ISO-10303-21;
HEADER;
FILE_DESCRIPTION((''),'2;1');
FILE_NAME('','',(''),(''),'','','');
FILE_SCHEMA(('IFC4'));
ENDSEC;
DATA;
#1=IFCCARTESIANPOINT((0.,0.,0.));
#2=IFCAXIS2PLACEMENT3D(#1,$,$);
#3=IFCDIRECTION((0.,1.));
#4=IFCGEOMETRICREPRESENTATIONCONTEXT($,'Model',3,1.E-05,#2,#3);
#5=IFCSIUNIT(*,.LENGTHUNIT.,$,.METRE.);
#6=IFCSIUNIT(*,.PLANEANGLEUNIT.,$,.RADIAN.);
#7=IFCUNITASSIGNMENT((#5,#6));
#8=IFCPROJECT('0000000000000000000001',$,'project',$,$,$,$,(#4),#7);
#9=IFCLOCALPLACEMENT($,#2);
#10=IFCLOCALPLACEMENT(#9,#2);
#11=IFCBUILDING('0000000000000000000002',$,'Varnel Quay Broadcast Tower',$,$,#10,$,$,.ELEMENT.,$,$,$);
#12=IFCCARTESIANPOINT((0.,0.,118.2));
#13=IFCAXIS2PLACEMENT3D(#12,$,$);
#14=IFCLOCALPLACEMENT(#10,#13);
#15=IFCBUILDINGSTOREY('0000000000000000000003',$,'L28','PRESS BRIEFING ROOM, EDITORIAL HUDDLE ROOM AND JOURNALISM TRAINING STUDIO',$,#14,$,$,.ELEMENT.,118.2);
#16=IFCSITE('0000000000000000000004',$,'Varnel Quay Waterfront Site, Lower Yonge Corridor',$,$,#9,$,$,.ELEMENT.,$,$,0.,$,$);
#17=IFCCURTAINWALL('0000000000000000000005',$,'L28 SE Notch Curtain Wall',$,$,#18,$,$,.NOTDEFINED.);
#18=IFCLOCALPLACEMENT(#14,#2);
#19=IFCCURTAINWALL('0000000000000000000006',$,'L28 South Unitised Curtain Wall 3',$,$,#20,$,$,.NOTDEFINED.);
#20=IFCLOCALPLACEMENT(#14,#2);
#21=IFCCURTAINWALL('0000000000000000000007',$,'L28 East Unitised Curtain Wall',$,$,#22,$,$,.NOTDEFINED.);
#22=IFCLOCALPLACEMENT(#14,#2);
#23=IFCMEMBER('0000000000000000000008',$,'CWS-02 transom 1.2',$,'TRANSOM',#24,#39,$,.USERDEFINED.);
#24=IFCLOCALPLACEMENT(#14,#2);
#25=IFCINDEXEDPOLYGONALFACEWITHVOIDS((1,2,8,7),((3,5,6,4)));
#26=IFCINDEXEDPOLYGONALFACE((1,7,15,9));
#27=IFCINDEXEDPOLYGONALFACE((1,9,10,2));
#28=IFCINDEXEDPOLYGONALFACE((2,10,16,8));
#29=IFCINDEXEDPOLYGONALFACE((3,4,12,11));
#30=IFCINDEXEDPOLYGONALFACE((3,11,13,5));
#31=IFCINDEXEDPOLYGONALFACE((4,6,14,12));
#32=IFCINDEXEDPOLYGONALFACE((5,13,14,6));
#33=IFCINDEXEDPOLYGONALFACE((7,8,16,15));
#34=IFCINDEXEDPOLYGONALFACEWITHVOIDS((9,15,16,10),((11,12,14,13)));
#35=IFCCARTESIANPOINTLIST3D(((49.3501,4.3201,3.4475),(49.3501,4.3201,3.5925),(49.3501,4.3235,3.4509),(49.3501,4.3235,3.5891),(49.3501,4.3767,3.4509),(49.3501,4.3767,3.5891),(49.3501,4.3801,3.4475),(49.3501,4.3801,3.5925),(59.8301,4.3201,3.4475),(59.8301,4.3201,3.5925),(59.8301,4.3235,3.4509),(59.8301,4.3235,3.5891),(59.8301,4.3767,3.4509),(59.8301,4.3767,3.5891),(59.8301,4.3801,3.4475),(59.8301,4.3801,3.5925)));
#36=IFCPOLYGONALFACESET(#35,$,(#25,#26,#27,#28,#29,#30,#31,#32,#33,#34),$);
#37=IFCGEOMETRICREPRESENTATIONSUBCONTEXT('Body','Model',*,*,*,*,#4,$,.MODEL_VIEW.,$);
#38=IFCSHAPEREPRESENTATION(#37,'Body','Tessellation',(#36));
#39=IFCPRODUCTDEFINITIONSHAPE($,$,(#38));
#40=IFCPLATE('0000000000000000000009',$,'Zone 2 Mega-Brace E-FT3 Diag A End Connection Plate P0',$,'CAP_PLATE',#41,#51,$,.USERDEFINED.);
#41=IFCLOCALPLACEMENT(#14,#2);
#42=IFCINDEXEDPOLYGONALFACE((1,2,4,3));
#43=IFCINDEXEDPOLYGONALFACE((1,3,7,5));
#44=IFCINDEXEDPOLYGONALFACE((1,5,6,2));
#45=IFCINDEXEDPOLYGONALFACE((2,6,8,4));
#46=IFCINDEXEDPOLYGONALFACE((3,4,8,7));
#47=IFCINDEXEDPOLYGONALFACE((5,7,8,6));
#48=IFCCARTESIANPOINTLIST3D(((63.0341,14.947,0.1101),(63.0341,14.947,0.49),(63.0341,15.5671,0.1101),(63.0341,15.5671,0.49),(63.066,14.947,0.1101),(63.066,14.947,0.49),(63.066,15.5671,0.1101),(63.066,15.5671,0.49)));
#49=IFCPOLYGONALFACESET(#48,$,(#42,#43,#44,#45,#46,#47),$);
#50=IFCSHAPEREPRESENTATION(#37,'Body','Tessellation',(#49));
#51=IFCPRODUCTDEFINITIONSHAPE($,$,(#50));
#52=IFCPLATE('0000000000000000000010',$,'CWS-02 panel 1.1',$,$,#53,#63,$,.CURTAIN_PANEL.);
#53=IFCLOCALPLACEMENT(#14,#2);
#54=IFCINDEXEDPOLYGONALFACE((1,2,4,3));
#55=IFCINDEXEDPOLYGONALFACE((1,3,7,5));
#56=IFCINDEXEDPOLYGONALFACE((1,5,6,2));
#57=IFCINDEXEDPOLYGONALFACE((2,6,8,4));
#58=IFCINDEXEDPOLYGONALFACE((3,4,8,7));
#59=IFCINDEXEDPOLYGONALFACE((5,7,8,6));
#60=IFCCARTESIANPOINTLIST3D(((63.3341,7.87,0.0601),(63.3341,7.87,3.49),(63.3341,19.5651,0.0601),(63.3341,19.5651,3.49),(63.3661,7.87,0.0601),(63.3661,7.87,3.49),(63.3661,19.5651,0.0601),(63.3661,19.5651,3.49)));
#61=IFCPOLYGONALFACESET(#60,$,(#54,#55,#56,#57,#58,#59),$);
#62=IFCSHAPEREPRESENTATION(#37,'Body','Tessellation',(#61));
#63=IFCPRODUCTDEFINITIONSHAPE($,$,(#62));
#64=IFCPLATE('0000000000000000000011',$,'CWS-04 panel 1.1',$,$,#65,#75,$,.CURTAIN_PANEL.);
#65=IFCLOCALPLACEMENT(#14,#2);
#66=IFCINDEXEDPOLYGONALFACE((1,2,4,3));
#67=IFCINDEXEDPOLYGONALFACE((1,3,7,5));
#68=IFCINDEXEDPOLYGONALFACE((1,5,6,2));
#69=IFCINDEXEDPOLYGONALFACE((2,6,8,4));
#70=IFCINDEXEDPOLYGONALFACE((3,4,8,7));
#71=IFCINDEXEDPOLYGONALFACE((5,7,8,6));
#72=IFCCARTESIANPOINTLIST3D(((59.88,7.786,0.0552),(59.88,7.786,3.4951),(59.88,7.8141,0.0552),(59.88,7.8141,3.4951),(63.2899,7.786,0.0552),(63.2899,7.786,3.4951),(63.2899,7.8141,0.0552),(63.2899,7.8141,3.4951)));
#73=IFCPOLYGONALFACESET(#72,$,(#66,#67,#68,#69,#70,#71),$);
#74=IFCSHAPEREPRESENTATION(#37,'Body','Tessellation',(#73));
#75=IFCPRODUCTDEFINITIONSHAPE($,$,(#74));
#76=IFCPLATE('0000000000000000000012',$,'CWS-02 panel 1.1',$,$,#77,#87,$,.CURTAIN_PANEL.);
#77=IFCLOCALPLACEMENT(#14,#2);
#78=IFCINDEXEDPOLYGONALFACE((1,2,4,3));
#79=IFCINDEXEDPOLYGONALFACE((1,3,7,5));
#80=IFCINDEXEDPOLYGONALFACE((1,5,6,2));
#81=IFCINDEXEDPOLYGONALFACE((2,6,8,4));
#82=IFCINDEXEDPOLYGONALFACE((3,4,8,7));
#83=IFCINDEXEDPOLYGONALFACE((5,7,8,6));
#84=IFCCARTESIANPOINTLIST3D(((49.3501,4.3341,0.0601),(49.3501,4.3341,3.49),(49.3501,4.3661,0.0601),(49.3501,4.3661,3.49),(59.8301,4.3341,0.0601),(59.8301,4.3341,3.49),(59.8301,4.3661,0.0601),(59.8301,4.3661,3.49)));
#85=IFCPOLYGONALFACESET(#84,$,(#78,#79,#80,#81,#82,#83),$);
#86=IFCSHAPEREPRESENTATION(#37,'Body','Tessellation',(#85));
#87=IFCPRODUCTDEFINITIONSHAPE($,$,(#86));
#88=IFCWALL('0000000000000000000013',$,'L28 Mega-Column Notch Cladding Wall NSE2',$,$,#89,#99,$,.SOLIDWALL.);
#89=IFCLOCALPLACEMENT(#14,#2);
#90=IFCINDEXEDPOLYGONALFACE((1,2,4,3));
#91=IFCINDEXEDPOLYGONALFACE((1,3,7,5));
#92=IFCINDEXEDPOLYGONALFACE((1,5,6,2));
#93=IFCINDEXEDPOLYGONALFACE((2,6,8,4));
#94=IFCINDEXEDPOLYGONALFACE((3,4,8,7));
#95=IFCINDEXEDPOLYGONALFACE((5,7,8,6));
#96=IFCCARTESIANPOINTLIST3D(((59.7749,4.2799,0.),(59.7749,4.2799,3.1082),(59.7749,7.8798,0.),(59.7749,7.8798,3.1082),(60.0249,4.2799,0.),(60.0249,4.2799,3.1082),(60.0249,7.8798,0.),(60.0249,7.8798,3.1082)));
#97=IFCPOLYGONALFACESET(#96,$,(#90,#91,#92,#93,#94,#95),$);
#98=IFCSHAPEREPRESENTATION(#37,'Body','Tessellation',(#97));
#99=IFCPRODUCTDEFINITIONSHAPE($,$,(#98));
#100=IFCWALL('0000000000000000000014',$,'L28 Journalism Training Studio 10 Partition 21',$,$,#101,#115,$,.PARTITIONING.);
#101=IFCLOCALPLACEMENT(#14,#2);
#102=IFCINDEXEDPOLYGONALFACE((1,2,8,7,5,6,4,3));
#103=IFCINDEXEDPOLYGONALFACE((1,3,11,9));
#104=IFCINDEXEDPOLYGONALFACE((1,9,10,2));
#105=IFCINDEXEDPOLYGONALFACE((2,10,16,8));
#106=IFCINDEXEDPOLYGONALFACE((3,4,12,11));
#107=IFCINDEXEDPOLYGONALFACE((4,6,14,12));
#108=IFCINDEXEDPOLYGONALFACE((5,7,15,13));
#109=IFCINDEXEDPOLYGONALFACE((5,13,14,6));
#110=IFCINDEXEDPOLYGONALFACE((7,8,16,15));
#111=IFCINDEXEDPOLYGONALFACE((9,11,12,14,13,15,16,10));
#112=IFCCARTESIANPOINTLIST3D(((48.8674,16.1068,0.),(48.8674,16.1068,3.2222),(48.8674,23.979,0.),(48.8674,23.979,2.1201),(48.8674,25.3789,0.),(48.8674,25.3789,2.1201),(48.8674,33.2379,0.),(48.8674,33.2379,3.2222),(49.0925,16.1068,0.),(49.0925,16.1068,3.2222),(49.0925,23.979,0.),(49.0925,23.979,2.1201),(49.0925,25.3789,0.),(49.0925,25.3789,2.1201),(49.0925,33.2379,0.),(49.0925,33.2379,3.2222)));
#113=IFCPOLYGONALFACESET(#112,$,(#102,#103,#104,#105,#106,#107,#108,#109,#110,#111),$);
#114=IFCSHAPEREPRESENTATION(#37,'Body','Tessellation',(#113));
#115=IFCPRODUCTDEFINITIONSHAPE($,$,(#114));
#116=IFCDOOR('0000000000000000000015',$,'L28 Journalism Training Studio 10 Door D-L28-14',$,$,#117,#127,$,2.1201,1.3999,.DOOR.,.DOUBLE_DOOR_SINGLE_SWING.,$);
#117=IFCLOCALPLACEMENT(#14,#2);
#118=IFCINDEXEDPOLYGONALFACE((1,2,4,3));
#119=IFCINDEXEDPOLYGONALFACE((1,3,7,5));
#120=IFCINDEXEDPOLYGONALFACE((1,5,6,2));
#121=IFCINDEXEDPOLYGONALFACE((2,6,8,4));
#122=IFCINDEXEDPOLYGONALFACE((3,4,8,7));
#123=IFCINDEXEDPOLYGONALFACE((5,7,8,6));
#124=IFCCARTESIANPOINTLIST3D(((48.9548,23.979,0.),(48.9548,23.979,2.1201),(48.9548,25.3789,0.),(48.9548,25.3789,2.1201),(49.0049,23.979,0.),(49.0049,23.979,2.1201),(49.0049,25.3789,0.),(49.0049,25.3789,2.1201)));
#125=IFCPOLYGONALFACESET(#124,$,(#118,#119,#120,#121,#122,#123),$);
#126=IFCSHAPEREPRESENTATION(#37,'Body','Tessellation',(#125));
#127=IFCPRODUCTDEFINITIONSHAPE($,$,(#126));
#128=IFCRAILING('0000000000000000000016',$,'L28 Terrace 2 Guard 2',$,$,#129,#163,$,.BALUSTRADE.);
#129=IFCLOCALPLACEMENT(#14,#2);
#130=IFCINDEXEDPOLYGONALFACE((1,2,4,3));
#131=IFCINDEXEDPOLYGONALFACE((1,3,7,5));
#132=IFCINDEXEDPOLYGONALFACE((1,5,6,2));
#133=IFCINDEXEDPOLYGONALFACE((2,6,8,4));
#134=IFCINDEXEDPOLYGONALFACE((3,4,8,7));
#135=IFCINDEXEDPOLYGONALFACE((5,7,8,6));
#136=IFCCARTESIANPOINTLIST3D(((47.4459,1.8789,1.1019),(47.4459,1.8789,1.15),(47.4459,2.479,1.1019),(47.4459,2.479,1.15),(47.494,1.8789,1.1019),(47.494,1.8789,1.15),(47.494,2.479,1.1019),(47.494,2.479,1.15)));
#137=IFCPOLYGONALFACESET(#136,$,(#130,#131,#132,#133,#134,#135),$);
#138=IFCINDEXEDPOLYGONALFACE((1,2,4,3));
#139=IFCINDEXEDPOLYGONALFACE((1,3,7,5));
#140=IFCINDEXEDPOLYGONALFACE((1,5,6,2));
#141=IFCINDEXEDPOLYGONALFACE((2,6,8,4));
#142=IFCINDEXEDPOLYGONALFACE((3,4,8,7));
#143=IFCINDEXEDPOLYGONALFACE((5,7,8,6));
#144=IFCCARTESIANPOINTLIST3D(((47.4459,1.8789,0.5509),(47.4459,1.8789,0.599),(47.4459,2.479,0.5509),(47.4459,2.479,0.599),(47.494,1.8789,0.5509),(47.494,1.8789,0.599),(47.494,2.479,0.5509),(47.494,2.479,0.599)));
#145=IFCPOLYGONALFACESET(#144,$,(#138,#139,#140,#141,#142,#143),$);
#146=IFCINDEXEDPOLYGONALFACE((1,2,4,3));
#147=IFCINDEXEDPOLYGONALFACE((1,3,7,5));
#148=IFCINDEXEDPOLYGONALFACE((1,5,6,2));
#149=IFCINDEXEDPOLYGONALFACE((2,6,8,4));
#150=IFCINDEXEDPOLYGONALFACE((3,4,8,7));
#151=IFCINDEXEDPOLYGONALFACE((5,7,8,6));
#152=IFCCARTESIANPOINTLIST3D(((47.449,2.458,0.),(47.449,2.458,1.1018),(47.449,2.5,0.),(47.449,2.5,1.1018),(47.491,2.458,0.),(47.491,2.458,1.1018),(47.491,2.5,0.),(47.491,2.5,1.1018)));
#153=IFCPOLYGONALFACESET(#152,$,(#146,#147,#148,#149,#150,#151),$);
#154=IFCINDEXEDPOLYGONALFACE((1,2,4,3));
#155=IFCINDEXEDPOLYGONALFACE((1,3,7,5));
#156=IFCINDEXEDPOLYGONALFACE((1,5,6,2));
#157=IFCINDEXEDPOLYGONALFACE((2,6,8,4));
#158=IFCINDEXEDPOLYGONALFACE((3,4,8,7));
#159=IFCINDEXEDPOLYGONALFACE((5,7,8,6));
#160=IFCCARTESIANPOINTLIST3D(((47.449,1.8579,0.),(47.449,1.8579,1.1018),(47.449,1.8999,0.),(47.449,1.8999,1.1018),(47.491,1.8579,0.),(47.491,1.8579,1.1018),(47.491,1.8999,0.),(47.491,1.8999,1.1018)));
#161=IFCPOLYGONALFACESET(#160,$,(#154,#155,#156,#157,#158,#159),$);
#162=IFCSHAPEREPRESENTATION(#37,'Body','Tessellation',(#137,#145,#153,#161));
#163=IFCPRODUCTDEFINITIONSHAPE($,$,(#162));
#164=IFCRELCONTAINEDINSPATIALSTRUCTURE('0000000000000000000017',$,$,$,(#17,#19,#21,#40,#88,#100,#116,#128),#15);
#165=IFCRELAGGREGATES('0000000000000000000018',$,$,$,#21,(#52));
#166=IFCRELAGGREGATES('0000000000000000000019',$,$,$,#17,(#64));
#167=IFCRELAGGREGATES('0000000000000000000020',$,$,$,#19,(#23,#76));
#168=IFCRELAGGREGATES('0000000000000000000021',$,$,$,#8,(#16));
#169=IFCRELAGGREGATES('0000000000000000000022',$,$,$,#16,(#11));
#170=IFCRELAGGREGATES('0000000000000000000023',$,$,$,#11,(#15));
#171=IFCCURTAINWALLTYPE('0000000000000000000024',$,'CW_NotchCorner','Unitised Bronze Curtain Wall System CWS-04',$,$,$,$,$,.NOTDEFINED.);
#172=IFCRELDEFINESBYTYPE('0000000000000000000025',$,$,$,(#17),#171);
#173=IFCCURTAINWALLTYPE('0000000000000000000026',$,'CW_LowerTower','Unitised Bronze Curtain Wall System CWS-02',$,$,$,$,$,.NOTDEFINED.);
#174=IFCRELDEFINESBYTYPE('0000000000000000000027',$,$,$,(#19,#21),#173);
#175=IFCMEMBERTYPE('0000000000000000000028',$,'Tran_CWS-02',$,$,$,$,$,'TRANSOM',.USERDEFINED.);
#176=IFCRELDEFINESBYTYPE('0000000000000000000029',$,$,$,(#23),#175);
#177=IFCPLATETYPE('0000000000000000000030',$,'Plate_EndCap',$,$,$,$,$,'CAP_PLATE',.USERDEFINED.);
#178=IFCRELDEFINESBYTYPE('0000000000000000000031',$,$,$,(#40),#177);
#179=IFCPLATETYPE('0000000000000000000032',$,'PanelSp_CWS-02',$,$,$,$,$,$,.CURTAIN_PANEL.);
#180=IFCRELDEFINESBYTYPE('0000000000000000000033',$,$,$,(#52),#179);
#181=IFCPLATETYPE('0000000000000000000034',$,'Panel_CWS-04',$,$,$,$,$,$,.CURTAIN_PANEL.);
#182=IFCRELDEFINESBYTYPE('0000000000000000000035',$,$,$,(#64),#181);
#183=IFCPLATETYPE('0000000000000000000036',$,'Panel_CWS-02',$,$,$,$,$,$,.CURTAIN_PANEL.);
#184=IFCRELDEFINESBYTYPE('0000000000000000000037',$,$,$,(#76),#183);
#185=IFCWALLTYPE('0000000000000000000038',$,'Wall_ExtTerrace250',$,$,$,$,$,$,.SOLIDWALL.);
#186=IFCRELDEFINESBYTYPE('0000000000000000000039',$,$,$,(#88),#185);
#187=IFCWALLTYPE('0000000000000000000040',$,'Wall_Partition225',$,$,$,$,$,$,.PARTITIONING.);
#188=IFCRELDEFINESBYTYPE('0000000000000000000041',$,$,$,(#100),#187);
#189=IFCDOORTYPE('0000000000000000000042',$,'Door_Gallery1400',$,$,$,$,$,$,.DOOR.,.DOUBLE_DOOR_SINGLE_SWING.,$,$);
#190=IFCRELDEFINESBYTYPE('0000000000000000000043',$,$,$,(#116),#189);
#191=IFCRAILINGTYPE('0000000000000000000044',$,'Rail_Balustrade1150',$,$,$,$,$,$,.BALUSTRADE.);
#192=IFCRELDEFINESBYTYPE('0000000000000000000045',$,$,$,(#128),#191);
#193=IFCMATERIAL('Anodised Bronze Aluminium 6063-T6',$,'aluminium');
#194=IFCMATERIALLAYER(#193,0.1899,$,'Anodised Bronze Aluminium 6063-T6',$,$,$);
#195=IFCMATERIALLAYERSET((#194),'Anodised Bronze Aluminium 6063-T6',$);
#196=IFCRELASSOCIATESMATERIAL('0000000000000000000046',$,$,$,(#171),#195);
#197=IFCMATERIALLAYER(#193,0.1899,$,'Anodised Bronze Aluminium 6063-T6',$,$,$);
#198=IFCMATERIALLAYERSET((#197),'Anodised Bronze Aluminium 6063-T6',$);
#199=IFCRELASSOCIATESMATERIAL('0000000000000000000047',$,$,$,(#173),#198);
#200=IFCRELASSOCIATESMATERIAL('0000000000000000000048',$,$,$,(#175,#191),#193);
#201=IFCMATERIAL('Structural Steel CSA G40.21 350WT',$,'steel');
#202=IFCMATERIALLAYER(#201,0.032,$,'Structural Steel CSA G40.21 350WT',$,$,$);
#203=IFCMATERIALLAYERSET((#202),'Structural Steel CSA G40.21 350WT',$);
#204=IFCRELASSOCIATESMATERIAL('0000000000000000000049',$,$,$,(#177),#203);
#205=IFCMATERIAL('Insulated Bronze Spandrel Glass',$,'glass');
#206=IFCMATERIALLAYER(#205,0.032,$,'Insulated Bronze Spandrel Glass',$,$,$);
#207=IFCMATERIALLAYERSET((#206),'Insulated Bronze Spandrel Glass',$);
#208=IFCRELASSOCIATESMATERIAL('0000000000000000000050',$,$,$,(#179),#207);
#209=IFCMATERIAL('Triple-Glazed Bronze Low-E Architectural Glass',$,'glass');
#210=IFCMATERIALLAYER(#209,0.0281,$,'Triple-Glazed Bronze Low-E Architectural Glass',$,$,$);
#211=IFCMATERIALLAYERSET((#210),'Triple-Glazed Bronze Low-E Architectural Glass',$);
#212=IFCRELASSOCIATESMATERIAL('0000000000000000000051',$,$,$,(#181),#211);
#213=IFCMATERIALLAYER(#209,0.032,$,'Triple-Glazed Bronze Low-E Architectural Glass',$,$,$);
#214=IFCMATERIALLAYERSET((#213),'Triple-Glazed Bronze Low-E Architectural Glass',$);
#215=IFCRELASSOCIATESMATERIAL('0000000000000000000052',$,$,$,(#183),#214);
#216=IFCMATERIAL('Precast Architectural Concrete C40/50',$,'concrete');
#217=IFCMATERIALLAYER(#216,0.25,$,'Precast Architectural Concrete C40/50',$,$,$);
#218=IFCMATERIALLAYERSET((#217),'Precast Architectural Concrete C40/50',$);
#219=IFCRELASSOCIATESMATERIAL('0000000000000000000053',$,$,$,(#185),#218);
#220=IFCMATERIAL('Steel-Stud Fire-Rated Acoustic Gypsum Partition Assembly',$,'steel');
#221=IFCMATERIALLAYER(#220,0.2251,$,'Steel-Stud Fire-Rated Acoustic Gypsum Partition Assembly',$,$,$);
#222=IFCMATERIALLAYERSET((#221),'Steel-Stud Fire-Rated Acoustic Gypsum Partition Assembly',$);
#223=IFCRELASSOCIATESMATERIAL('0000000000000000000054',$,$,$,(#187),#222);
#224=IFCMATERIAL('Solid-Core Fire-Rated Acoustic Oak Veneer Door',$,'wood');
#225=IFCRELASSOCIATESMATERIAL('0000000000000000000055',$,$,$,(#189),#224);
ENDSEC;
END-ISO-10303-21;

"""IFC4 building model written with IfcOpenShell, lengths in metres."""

from ifc_helpers import new_model, si_unit, direction, frame, frame_2d, origin, origin_2d, place, context, subcontext, project, spatial, rectangle, hollow_rectangle, extrude, source, transform, mapped, material, layer, layer_set, material_profile, profile_set, type_object, type_shapes, element, fill, aggregate, save


model = new_model("IFC4")

# Units and contexts
model_context = context("Model", 3, precision=1e-05, world=origin(), true_north=direction((0.0, 1.0)))
body_context = subcontext(model_context, "Body", "Model", "MODEL_VIEW")
ifc_project = project(units=[si_unit("LENGTHUNIT", "METRE"), si_unit("PLANEANGLEUNIT", "RADIAN")], contexts=[model_context])

# Site, building, storey
site_placement = place(None, origin())
site = spatial("IfcSite", under=ifc_project, at=site_placement, Name="Varnel Quay Waterfront Site, Lower Yonge Corridor", CompositionType="ELEMENT", RefElevation=0.0)
building_placement = place(site_placement, origin())
building = spatial("IfcBuilding", under=site, at=building_placement, Name="Varnel Quay Broadcast Tower", CompositionType="ELEMENT")
storey_placement = place(building_placement, frame((0.0, 0.0, 118.2)))
storey = spatial("IfcBuildingStorey", under=building, at=storey_placement, Name="L28", Description="PRESS BRIEFING ROOM, EDITORIAL HUDDLE ROOM AND JOURNALISM TRAINING STUDIO", CompositionType="ELEMENT", Elevation=118.2)

# Shared definitions
ifc_material_1 = material(Name="Structural Steel CSA G40.21 350WT", Category="steel")

# Curtain walls
ifc_material_2 = material(Name="Anodised Bronze Aluminium 6063-T6", Category="aluminium")
ifc_layer_1 = layer(ifc_material_2, 0.1899, Name="Anodised Bronze Aluminium 6063-T6")
ifc_layer_set_1 = layer_set([ifc_layer_1], Name="Anodised Bronze Aluminium 6063-T6")
curtain_wall_type_1 = type_object("IfcCurtainWallType", Name="CW_NotchCorner", Description="Unitised Bronze Curtain Wall System CWS-04", PredefinedType="NOTDEFINED", material=ifc_layer_set_1)
curtain_wall_1_placement = place(storey_placement, origin())
curtain_wall_1 = element("IfcCurtainWall", 1, at=curtain_wall_1_placement, inside=storey, type_object=curtain_wall_type_1, Name="L28 SE Notch Curtain Wall", PredefinedType="NOTDEFINED")
ifc_layer_2 = layer(ifc_material_2, 0.1899, Name="Anodised Bronze Aluminium 6063-T6")
ifc_layer_set_2 = layer_set([ifc_layer_2], Name="Anodised Bronze Aluminium 6063-T6")
curtain_wall_type_2 = type_object("IfcCurtainWallType", Name="CW_LowerTower", Description="Unitised Bronze Curtain Wall System CWS-02", PredefinedType="NOTDEFINED", material=ifc_layer_set_2)
curtain_wall_2_placement = place(storey_placement, origin())
curtain_wall_2 = element("IfcCurtainWall", 2, at=curtain_wall_2_placement, inside=storey, type_object=curtain_wall_type_2, Name="L28 South Unitised Curtain Wall 3", PredefinedType="NOTDEFINED")
curtain_wall_3_placement = place(storey_placement, origin())
curtain_wall_3 = element("IfcCurtainWall", 3, at=curtain_wall_3_placement, inside=storey, type_object=curtain_wall_type_2, Name="L28 East Unitised Curtain Wall", PredefinedType="NOTDEFINED")
ifc_material_profile_1 = material_profile(ifc_material_2, hollow_rectangle(XDim=0.0601, YDim=0.145, WallThickness=0.0034, at=origin_2d()), Name="ALU60X145X3.5")
ifc_profile_set_1 = profile_set([ifc_material_profile_1], Name="Anodised Bronze Aluminium 6063-T6")
member_type_1 = type_object("IfcMemberType", Name="Tran_CWS-02", ElementType="TRANSOM", PredefinedType="USERDEFINED", material=ifc_profile_set_1)

# Member
shared_shape_1 = source(origin(), body_context, "Body", "SweptSolid", [
    extrude(hollow_rectangle(XDim=0.0601, YDim=0.145, WallThickness=0.0034, at=origin_2d()), origin(), (0.0, 0.0, 1.0), 10.48),
])
member_1_placement = place(storey_placement, frame((49.3501, 4.3501, 3.52), z_axis=(1.0, 0.0, 0.0), x_axis=(0.0, 1.0, 0.0)))
member_1 = element("IfcMember", 4, at=member_1_placement, type_object=member_type_1, Name="CWS-02 transom 1.2", ObjectType="TRANSOM", PredefinedType="USERDEFINED", context=body_context, shape_type="MappedRepresentation", body=[
    mapped(shared_shape_1, transform((0.0, 0.0, 0.0), x_axis=(1.0, 0.0, 0.0), y_axis=(0.0, 1.0, 0.0), z_axis=(0.0, 0.0, 1.0), scale=1.0)),
])

# Plates
ifc_layer_3 = layer(ifc_material_1, 0.032, Name="Structural Steel CSA G40.21 350WT")
ifc_layer_set_3 = layer_set([ifc_layer_3], Name="Structural Steel CSA G40.21 350WT")
plate_type_1 = type_object("IfcPlateType", Name="Plate_EndCap", ElementType="CAP_PLATE", PredefinedType="USERDEFINED", material=ifc_layer_set_3)
shared_shape_2 = source(origin(), body_context, "Body", "SweptSolid", [
    extrude(rectangle(XDim=0.6201, YDim=0.032, at=origin_2d()), origin(), (0.0, 0.0, 1.0), 0.3799),
])
type_shapes(plate_type_1, [shared_shape_2])
plate_1_placement = place(storey_placement, frame((63.05, 15.2571, 0.1101), z_axis=(0.0, 0.0, 1.0), x_axis=(0.0, 1.0, 0.0)))
element("IfcPlate", 5, at=plate_1_placement, inside=storey, type_object=plate_type_1, Name="Zone 2 Mega-Brace E-FT3 Diag A End Connection Plate P0", ObjectType="CAP_PLATE", PredefinedType="USERDEFINED", context=body_context, shape_type="MappedRepresentation", body=[
    mapped(shared_shape_2, transform((0.0, 0.0, 0.0), x_axis=(1.0, 0.0, 0.0), y_axis=(0.0, 1.0, 0.0), z_axis=(0.0, 0.0, 1.0), scale=1.0)),
])
ifc_material_3 = material(Name="Insulated Bronze Spandrel Glass", Category="glass")
ifc_layer_4 = layer(ifc_material_3, 0.032, Name="Insulated Bronze Spandrel Glass")
ifc_layer_set_4 = layer_set([ifc_layer_4], Name="Insulated Bronze Spandrel Glass")
plate_type_2 = type_object("IfcPlateType", Name="PanelSp_CWS-02", PredefinedType="CURTAIN_PANEL", material=ifc_layer_set_4)
shared_shape_3 = source(origin(), body_context, "Body", "SweptSolid", [
    extrude(rectangle(XDim=11.6951, YDim=0.032, at=origin_2d()), origin(), (0.0, 0.0, 1.0), 3.4299),
])
type_shapes(plate_type_2, [shared_shape_3])
plate_2_placement = place(storey_placement, frame((63.3501, 13.7175, 0.0601), z_axis=(0.0, 0.0, 1.0), x_axis=(0.0, 1.0, 0.0)))
plate_2 = element("IfcPlate", 6, at=plate_2_placement, type_object=plate_type_2, Name="CWS-02 panel 1.1", PredefinedType="CURTAIN_PANEL", context=body_context, shape_type="MappedRepresentation", body=[
    mapped(shared_shape_3, transform((0.0, 0.0, 0.0), x_axis=(1.0, 0.0, 0.0), y_axis=(0.0, 1.0, 0.0), z_axis=(0.0, 0.0, 1.0), scale=1.0)),
])
aggregate(curtain_wall_3, [plate_2])
ifc_material_4 = material(Name="Triple-Glazed Bronze Low-E Architectural Glass", Category="glass")
ifc_layer_5 = layer(ifc_material_4, 0.0281, Name="Triple-Glazed Bronze Low-E Architectural Glass")
ifc_layer_set_5 = layer_set([ifc_layer_5], Name="Triple-Glazed Bronze Low-E Architectural Glass")
plate_type_3 = type_object("IfcPlateType", Name="Panel_CWS-04", PredefinedType="CURTAIN_PANEL", material=ifc_layer_set_5)
shared_shape_4 = source(origin(), body_context, "Body", "SweptSolid", [
    extrude(rectangle(XDim=3.4099, YDim=0.0281, at=origin_2d()), origin(), (0.0, 0.0, 1.0), 3.4399),
])
type_shapes(plate_type_3, [shared_shape_4])
plate_3_placement = place(storey_placement, frame((61.585, 7.8, 0.0552), z_axis=(0.0, 0.0, 1.0), x_axis=(1.0, 0.0, 0.0)))
plate_3 = element("IfcPlate", 7, at=plate_3_placement, type_object=plate_type_3, Name="CWS-04 panel 1.1", PredefinedType="CURTAIN_PANEL", context=body_context, shape_type="MappedRepresentation", body=[
    mapped(shared_shape_4, transform((0.0, 0.0, 0.0), x_axis=(1.0, 0.0, 0.0), y_axis=(0.0, 1.0, 0.0), z_axis=(0.0, 0.0, 1.0), scale=1.0)),
])
aggregate(curtain_wall_1, [plate_3])
ifc_layer_6 = layer(ifc_material_4, 0.032, Name="Triple-Glazed Bronze Low-E Architectural Glass")
ifc_layer_set_6 = layer_set([ifc_layer_6], Name="Triple-Glazed Bronze Low-E Architectural Glass")
plate_type_4 = type_object("IfcPlateType", Name="Panel_CWS-02", PredefinedType="CURTAIN_PANEL", material=ifc_layer_set_6)
shared_shape_5 = source(origin(), body_context, "Body", "SweptSolid", [
    extrude(rectangle(XDim=10.48, YDim=0.032, at=origin_2d()), origin(), (0.0, 0.0, 1.0), 3.4299),
])
type_shapes(plate_type_4, [shared_shape_5])
plate_4_placement = place(storey_placement, frame((54.5901, 4.3501, 0.0601), z_axis=(0.0, 0.0, 1.0), x_axis=(1.0, 0.0, 0.0)))
plate_4 = element("IfcPlate", 8, at=plate_4_placement, type_object=plate_type_4, Name="CWS-02 panel 1.1", PredefinedType="CURTAIN_PANEL", context=body_context, shape_type="MappedRepresentation", body=[
    mapped(shared_shape_5, transform((0.0, 0.0, 0.0), x_axis=(1.0, 0.0, 0.0), y_axis=(0.0, 1.0, 0.0), z_axis=(0.0, 0.0, 1.0), scale=1.0)),
])
aggregate(curtain_wall_2, [member_1, plate_4])

# Wall
ifc_material_5 = material(Name="Precast Architectural Concrete C40/50", Category="concrete")
ifc_layer_7 = layer(ifc_material_5, 0.25, Name="Precast Architectural Concrete C40/50")
ifc_layer_set_7 = layer_set([ifc_layer_7], Name="Precast Architectural Concrete C40/50")
wall_type_1 = type_object("IfcWallType", Name="Wall_ExtTerrace250", PredefinedType="SOLIDWALL", material=ifc_layer_set_7)
wall_1_placement = place(storey_placement, frame((59.8999, 4.28, 0.0), z_axis=(0.0, 0.0, 1.0), x_axis=(0.0, 1.0, 0.0)))
element("IfcWall", 9, at=wall_1_placement, inside=storey, type_object=wall_type_1, Name="L28 Mega-Column Notch Cladding Wall NSE2", PredefinedType="SOLIDWALL", context=body_context, shape_type="SweptSolid", body=[
    extrude(rectangle(XDim=3.5999, YDim=0.25, at=frame_2d((1.7998, 0.0))), origin(), (0.0, 0.0, 1.0), 3.1082),
])

# Wall, opening, door
ifc_material_6 = material(Name="Steel-Stud Fire-Rated Acoustic Gypsum Partition Assembly", Category="steel")
ifc_layer_8 = layer(ifc_material_6, 0.2251, Name="Steel-Stud Fire-Rated Acoustic Gypsum Partition Assembly")
ifc_layer_set_8 = layer_set([ifc_layer_8], Name="Steel-Stud Fire-Rated Acoustic Gypsum Partition Assembly")
wall_type_2 = type_object("IfcWallType", Name="Wall_Partition225", PredefinedType="PARTITIONING", material=ifc_layer_set_8)
wall_2_placement = place(storey_placement, frame((48.98, 16.1069, 0.0), z_axis=(0.0, 0.0, 1.0), x_axis=(0.0, 1.0, 0.0)))
wall_2 = element("IfcWall", 10, at=wall_2_placement, inside=storey, type_object=wall_type_2, Name="L28 Journalism Training Studio 10 Partition 21", PredefinedType="PARTITIONING", context=body_context, shape_type="SweptSolid", body=[
    extrude(rectangle(XDim=17.1311, YDim=0.2251, at=frame_2d((8.5654, 0.0))), origin(), (0.0, 0.0, 1.0), 3.2222),
])
opening_placement = place(wall_2_placement, frame((7.8721, 0.0, 0.0)))
opening = element("IfcOpeningElement", 11, at=opening_placement, cuts=wall_2, PredefinedType="OPENING", context=body_context, shape_type="SweptSolid", body=[
    extrude(rectangle(XDim=1.3999, YDim=2.1201, at=frame_2d((0.7, 1.0601))), frame((0.0, 0.1226, 0.0), z_axis=(0.0, -1.0, 0.0), x_axis=(1.0, 0.0, 0.0)), (0.0, 0.0, 1.0), 0.2451),
])
ifc_material_7 = material(Name="Solid-Core Fire-Rated Acoustic Oak Veneer Door", Category="wood")
door_type = type_object("IfcDoorType", Name="Door_Gallery1400", OperationType="DOUBLE_DOOR_SINGLE_SWING", PredefinedType="DOOR", material=ifc_material_7)
shared_shape_6 = source(origin(), body_context, "Body", "SweptSolid", [
    extrude(rectangle(XDim=1.3999, YDim=2.1201, at=frame_2d((0.7, 1.0601))), frame((0.0, 0.0249, 0.0), z_axis=(0.0, -1.0, 0.0), x_axis=(1.0, 0.0, 0.0)), (0.0, 0.0, 1.0), 0.05),
])
type_shapes(door_type, [shared_shape_6])
door_placement = place(opening_placement, frame((1.3999, 0.0, 0.0), z_axis=(0.0, 0.0, 1.0), x_axis=(-1.0, 0.0, 0.0)))
door = element("IfcDoor", 12, at=door_placement, inside=storey, type_object=door_type, Name="L28 Journalism Training Studio 10 Door D-L28-14", OperationType="DOUBLE_DOOR_SINGLE_SWING", OverallHeight=2.1201, OverallWidth=1.3999, PredefinedType="DOOR", context=body_context, shape_type="MappedRepresentation", body=[
    mapped(shared_shape_6, transform((0.0, 0.0, 0.0), x_axis=(1.0, 0.0, 0.0), y_axis=(0.0, 1.0, 0.0), z_axis=(0.0, 0.0, 1.0), scale=1.0)),
])
fill(opening, door)

# Railing
railing_type = type_object("IfcRailingType", Name="Rail_Balustrade1150", PredefinedType="BALUSTRADE", material=ifc_material_2)
railing_1_placement = place(storey_placement, frame((47.47, 2.479, 0.0)))
element("IfcRailing", 13, at=railing_1_placement, inside=storey, type_object=railing_type, Name="L28 Terrace 2 Guard 2", PredefinedType="BALUSTRADE", context=body_context, shape_type="SweptSolid", body=[
    extrude(rectangle(XDim=0.0481, YDim=0.0481, at=origin_2d()), frame((0.0, 0.0, 1.126), z_axis=(0.0, -1.0, 0.0), x_axis=(1.0, 0.0, 0.0)), (0.0, 0.0, 1.0), 0.6001),
    extrude(rectangle(XDim=0.0481, YDim=0.0481, at=origin_2d()), frame((0.0, 0.0, 0.575), z_axis=(0.0, -1.0, 0.0), x_axis=(1.0, 0.0, 0.0)), (0.0, 0.0, 1.0), 0.6001),
    extrude(rectangle(XDim=0.042, YDim=0.042, at=origin_2d()), origin(), (0.0, 0.0, 1.0), 1.1018),
    extrude(rectangle(XDim=0.042, YDim=0.042, at=origin_2d()), frame((0.0, -0.6001, 0.0)), (0.0, 0.0, 1.0), 1.1018),
])

save(model, "model.ifc")
